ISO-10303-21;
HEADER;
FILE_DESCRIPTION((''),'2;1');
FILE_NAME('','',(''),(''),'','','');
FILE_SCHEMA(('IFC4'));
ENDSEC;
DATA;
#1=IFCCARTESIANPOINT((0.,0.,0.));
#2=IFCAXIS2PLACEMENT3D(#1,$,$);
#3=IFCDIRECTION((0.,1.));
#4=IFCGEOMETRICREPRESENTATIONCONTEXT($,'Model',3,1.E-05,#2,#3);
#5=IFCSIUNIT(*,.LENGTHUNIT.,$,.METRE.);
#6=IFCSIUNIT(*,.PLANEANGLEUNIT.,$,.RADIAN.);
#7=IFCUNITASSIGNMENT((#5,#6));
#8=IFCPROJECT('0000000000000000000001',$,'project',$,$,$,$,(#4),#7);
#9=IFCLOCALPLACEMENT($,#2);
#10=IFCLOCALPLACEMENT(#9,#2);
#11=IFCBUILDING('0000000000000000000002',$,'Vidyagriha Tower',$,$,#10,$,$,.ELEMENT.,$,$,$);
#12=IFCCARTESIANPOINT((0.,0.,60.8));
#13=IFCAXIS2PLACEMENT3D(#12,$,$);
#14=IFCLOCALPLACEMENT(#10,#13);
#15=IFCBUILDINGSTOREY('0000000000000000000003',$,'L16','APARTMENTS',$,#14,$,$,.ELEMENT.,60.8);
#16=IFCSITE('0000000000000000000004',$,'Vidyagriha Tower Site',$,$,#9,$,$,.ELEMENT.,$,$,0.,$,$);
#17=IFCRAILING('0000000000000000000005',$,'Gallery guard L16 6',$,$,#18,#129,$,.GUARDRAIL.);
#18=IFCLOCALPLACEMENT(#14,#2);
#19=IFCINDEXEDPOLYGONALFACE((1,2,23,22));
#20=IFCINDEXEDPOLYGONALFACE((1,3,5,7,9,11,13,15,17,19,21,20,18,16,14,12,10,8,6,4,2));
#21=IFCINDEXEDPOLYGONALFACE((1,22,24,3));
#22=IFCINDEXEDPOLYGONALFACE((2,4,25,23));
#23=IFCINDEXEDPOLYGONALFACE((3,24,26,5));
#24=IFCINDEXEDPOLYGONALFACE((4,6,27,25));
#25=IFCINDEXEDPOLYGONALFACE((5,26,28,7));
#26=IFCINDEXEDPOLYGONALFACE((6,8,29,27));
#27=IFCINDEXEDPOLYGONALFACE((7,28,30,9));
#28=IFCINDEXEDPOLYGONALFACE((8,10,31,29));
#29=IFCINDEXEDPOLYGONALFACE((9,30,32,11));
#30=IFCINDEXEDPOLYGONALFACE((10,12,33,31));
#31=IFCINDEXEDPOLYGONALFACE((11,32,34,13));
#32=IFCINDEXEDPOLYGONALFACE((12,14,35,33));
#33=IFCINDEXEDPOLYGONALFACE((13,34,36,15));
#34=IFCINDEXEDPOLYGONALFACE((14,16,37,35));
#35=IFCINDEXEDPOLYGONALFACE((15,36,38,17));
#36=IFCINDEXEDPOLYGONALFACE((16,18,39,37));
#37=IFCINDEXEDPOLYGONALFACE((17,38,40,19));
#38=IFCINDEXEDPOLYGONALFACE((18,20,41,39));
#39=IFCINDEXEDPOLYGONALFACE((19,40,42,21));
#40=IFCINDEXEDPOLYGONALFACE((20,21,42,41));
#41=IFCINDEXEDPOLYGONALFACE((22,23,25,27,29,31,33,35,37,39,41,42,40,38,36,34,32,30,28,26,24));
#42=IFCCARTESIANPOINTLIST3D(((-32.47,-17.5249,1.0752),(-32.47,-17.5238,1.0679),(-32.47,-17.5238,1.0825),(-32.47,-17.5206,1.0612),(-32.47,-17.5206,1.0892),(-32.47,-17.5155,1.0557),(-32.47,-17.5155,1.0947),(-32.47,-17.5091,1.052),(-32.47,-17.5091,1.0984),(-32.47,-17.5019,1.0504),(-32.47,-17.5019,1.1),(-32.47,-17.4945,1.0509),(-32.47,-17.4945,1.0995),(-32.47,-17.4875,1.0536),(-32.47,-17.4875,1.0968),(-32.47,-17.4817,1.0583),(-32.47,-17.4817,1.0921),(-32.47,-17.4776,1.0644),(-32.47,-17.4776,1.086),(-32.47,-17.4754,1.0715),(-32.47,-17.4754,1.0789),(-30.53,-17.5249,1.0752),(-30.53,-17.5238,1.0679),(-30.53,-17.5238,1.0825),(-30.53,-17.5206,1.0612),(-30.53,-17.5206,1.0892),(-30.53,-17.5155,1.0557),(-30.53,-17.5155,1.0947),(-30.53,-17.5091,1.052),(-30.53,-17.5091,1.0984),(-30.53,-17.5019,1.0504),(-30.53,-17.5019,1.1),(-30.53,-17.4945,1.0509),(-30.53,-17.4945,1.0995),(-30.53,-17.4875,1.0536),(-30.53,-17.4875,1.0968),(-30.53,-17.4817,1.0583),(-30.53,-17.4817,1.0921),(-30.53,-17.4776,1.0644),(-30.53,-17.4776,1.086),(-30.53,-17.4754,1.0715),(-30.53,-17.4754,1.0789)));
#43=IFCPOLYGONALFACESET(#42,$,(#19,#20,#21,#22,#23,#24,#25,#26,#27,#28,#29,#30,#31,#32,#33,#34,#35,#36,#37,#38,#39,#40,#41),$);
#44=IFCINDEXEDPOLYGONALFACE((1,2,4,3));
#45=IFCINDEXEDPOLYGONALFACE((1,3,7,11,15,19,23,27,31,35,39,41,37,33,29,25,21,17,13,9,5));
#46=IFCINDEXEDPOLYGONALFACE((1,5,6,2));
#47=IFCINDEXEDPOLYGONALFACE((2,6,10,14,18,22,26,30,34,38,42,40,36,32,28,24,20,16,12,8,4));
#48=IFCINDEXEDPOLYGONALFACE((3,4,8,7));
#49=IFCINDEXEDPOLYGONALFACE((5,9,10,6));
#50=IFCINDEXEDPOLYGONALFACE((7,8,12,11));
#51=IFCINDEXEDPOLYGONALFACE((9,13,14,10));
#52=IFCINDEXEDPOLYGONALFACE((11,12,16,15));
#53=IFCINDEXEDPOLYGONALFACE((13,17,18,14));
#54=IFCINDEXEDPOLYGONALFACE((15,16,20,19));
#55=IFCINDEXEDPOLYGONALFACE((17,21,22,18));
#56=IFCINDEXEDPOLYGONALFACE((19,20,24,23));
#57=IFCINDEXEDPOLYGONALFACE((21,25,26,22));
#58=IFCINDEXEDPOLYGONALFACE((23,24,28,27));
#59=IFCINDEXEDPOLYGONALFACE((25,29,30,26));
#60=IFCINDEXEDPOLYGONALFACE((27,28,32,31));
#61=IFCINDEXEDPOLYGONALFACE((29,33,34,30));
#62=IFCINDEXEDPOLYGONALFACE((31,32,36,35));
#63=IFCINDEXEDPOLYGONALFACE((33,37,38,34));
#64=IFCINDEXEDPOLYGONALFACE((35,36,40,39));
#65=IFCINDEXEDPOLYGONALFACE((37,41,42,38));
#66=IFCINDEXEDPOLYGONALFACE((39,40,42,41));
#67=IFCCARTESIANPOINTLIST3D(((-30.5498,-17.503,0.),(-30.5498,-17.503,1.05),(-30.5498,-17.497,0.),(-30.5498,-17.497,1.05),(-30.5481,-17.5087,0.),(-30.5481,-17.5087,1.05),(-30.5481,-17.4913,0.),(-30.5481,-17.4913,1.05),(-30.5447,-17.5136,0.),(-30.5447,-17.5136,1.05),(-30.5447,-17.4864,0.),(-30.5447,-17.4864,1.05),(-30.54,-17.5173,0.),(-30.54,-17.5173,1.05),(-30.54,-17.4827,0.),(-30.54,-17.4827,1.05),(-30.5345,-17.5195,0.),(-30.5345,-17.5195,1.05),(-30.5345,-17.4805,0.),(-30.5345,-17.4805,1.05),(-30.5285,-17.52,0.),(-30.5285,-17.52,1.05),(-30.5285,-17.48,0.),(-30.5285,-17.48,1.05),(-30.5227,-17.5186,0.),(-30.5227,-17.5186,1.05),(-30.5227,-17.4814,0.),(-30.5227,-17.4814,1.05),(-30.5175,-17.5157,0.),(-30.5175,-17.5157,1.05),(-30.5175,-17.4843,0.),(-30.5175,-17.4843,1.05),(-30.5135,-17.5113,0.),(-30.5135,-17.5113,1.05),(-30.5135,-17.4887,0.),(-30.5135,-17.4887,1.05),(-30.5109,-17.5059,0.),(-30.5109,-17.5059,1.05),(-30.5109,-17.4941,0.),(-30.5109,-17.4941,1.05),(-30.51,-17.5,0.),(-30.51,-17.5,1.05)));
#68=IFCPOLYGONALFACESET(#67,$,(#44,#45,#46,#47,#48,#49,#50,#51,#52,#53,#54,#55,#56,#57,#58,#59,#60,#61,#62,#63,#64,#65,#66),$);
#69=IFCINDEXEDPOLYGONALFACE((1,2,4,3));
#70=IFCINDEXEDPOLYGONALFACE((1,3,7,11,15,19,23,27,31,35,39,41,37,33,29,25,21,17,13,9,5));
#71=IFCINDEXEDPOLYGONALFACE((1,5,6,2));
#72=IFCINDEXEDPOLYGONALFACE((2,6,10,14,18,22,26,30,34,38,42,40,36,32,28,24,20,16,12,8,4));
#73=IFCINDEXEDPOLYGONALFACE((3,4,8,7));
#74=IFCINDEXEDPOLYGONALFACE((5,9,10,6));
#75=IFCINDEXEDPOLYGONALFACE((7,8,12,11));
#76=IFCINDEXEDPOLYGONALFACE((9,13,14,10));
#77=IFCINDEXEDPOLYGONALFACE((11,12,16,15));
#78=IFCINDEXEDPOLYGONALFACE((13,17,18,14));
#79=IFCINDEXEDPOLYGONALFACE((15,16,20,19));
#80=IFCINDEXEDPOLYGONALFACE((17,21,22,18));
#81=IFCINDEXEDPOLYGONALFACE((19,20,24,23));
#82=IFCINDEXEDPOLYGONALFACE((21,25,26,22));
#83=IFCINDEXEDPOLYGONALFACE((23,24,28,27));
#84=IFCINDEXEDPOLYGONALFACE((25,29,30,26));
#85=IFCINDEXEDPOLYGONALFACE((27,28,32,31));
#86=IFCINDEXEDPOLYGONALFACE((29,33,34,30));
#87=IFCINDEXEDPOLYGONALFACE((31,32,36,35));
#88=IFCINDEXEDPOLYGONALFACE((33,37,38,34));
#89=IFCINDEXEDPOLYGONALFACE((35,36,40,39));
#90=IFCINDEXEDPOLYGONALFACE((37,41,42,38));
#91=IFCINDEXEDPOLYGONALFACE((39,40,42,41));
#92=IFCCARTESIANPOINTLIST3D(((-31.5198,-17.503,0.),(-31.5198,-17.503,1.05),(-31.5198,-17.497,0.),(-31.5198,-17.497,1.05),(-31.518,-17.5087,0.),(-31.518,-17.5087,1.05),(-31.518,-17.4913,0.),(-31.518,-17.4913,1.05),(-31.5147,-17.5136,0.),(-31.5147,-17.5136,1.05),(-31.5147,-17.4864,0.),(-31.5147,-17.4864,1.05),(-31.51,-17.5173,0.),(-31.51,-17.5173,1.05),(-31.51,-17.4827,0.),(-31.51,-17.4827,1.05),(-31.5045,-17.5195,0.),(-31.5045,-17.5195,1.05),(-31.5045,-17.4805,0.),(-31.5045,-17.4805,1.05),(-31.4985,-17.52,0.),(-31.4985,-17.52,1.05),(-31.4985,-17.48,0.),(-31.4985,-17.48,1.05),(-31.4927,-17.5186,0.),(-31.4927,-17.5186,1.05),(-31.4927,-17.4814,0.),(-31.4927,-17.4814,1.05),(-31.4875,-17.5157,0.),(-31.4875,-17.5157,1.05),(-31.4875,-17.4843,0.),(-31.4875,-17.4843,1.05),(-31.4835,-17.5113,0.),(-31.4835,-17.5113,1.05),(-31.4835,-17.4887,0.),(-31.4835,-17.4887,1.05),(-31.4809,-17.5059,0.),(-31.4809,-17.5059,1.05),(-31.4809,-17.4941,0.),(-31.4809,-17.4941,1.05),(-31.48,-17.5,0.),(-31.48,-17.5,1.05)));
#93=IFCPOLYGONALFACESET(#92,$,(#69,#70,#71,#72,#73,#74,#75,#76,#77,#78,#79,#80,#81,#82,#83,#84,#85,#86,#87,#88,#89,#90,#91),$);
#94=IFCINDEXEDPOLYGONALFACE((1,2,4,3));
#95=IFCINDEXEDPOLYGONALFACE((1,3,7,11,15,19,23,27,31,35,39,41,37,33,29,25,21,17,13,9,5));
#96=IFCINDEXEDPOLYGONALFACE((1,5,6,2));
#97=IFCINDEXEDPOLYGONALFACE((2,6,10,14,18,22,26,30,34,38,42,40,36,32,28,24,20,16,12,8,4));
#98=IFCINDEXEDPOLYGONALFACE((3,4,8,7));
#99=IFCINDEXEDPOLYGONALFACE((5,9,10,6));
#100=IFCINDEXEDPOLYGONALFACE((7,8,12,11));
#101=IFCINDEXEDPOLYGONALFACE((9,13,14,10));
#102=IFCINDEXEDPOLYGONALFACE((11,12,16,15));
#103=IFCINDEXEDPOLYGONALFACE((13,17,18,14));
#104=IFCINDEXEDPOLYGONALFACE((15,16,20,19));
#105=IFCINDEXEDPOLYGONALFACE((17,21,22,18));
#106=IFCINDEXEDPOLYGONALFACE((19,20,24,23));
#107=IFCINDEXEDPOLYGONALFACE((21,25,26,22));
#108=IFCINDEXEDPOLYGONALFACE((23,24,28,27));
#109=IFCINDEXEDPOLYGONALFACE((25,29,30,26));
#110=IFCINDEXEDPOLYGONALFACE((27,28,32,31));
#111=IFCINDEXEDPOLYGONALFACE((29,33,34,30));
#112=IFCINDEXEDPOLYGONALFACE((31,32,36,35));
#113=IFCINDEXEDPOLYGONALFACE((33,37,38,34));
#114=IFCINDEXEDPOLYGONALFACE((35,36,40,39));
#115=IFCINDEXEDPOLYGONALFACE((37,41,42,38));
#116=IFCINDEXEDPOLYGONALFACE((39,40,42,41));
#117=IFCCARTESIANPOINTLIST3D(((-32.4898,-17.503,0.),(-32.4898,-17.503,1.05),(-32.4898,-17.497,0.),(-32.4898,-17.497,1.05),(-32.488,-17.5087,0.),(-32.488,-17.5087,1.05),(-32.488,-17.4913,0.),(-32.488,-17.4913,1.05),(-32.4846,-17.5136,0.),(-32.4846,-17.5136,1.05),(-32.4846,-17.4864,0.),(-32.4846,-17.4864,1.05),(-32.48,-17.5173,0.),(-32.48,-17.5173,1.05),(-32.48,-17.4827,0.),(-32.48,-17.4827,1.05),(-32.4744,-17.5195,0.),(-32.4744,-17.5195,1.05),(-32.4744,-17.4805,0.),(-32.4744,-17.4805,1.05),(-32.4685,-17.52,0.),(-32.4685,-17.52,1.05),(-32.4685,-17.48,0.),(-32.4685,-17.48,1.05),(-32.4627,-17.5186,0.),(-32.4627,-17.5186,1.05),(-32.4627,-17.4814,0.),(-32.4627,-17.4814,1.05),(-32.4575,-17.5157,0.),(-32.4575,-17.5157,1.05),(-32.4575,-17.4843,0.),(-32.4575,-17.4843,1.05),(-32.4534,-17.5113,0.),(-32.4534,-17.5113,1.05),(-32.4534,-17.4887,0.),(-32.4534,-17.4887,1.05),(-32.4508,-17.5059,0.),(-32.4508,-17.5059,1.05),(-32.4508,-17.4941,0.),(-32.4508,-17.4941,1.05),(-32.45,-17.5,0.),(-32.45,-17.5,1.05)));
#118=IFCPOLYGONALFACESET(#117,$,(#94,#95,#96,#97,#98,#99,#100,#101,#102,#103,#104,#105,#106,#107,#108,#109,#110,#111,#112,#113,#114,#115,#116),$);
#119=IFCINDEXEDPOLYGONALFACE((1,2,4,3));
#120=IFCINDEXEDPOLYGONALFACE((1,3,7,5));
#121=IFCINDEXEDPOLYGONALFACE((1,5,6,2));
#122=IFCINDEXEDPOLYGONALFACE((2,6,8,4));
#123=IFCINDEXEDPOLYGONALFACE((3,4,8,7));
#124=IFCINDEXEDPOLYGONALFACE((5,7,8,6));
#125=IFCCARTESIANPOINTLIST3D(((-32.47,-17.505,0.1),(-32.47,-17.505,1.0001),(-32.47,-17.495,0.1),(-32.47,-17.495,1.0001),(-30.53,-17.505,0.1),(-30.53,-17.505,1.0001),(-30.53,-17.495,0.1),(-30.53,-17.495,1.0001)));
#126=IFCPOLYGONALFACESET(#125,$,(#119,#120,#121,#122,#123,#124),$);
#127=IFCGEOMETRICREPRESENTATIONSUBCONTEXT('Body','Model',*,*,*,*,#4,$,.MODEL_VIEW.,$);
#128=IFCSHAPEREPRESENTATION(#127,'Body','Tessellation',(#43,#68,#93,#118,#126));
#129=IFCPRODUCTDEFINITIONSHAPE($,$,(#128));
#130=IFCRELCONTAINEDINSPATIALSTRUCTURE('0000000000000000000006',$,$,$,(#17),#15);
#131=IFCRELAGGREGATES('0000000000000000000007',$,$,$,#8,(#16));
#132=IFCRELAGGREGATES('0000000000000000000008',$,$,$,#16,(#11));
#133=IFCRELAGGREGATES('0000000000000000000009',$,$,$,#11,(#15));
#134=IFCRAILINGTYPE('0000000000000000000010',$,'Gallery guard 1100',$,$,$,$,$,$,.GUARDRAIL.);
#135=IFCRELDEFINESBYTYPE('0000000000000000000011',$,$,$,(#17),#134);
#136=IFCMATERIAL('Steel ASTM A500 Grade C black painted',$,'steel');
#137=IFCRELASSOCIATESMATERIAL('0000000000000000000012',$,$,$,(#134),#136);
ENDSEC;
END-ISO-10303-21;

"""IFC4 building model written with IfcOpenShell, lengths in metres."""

from ifc_helpers import new_model, si_unit, direction, frame, origin, origin_2d, place, context, subcontext, project, spatial, rectangle, circle, extrude, material, type_object, element, save


model = new_model("IFC4")

# Units and contexts
model_context = context("Model", 3, precision=1e-05, world=origin(), true_north=direction((0.0, 1.0)))
body_context = subcontext(model_context, "Body", "Model", "MODEL_VIEW")
ifc_project = project(units=[si_unit("LENGTHUNIT", "METRE"), si_unit("PLANEANGLEUNIT", "RADIAN")], contexts=[model_context])

# Site, building, storey
site_placement = place(None, origin())
site = spatial("IfcSite", under=ifc_project, at=site_placement, Name="Vidyagriha Tower Site", CompositionType="ELEMENT", RefElevation=0.0)
building_placement = place(site_placement, origin())
building = spatial("IfcBuilding", under=site, at=building_placement, Name="Vidyagriha Tower", CompositionType="ELEMENT")
storey_placement = place(building_placement, frame((0.0, 0.0, 60.8)))
storey = spatial("IfcBuildingStorey", under=building, at=storey_placement, Name="L16", Description="APARTMENTS", CompositionType="ELEMENT", Elevation=60.8)

# Railing
ifc_material_1 = material(Name="Steel ASTM A500 Grade C black painted", Category="steel")
railing_type_1 = type_object("IfcRailingType", Name="Gallery guard 1100", PredefinedType="GUARDRAIL", material=ifc_material_1)
railing_1_placement = place(storey_placement, frame((-30.53, -17.5, 0.0)))
element("IfcRailing", 1, at=railing_1_placement, inside=storey, type_object=railing_type_1, Name="Gallery guard L16 6", PredefinedType="GUARDRAIL", context=body_context, shape_type="SweptSolid", body=[
    extrude(circle(Radius=0.0249, at=origin_2d()), frame((0.0, 0.0, 1.0752), z_axis=(-1.0, 0.0, 0.0), x_axis=(0.0, -1.0, 0.0)), (0.0, 0.0, 1.0), 1.9399),
    extrude(circle(Radius=0.02, at=origin_2d()), origin(), (0.0, 0.0, 1.0), 1.05),
    extrude(circle(Radius=0.02, at=origin_2d()), frame((-0.97, 0.0, 0.0)), (0.0, 0.0, 1.0), 1.05),
    extrude(circle(Radius=0.02, at=origin_2d()), frame((-1.9399, 0.0, 0.0)), (0.0, 0.0, 1.0), 1.05),
    extrude(rectangle(XDim=0.01, YDim=0.9001, at=origin_2d()), frame((0.0, 0.0, 0.55), z_axis=(-1.0, 0.0, 0.0), x_axis=(0.0, -1.0, 0.0)), (0.0, 0.0, 1.0), 1.9399),
])

save(model, "model.ifc")
